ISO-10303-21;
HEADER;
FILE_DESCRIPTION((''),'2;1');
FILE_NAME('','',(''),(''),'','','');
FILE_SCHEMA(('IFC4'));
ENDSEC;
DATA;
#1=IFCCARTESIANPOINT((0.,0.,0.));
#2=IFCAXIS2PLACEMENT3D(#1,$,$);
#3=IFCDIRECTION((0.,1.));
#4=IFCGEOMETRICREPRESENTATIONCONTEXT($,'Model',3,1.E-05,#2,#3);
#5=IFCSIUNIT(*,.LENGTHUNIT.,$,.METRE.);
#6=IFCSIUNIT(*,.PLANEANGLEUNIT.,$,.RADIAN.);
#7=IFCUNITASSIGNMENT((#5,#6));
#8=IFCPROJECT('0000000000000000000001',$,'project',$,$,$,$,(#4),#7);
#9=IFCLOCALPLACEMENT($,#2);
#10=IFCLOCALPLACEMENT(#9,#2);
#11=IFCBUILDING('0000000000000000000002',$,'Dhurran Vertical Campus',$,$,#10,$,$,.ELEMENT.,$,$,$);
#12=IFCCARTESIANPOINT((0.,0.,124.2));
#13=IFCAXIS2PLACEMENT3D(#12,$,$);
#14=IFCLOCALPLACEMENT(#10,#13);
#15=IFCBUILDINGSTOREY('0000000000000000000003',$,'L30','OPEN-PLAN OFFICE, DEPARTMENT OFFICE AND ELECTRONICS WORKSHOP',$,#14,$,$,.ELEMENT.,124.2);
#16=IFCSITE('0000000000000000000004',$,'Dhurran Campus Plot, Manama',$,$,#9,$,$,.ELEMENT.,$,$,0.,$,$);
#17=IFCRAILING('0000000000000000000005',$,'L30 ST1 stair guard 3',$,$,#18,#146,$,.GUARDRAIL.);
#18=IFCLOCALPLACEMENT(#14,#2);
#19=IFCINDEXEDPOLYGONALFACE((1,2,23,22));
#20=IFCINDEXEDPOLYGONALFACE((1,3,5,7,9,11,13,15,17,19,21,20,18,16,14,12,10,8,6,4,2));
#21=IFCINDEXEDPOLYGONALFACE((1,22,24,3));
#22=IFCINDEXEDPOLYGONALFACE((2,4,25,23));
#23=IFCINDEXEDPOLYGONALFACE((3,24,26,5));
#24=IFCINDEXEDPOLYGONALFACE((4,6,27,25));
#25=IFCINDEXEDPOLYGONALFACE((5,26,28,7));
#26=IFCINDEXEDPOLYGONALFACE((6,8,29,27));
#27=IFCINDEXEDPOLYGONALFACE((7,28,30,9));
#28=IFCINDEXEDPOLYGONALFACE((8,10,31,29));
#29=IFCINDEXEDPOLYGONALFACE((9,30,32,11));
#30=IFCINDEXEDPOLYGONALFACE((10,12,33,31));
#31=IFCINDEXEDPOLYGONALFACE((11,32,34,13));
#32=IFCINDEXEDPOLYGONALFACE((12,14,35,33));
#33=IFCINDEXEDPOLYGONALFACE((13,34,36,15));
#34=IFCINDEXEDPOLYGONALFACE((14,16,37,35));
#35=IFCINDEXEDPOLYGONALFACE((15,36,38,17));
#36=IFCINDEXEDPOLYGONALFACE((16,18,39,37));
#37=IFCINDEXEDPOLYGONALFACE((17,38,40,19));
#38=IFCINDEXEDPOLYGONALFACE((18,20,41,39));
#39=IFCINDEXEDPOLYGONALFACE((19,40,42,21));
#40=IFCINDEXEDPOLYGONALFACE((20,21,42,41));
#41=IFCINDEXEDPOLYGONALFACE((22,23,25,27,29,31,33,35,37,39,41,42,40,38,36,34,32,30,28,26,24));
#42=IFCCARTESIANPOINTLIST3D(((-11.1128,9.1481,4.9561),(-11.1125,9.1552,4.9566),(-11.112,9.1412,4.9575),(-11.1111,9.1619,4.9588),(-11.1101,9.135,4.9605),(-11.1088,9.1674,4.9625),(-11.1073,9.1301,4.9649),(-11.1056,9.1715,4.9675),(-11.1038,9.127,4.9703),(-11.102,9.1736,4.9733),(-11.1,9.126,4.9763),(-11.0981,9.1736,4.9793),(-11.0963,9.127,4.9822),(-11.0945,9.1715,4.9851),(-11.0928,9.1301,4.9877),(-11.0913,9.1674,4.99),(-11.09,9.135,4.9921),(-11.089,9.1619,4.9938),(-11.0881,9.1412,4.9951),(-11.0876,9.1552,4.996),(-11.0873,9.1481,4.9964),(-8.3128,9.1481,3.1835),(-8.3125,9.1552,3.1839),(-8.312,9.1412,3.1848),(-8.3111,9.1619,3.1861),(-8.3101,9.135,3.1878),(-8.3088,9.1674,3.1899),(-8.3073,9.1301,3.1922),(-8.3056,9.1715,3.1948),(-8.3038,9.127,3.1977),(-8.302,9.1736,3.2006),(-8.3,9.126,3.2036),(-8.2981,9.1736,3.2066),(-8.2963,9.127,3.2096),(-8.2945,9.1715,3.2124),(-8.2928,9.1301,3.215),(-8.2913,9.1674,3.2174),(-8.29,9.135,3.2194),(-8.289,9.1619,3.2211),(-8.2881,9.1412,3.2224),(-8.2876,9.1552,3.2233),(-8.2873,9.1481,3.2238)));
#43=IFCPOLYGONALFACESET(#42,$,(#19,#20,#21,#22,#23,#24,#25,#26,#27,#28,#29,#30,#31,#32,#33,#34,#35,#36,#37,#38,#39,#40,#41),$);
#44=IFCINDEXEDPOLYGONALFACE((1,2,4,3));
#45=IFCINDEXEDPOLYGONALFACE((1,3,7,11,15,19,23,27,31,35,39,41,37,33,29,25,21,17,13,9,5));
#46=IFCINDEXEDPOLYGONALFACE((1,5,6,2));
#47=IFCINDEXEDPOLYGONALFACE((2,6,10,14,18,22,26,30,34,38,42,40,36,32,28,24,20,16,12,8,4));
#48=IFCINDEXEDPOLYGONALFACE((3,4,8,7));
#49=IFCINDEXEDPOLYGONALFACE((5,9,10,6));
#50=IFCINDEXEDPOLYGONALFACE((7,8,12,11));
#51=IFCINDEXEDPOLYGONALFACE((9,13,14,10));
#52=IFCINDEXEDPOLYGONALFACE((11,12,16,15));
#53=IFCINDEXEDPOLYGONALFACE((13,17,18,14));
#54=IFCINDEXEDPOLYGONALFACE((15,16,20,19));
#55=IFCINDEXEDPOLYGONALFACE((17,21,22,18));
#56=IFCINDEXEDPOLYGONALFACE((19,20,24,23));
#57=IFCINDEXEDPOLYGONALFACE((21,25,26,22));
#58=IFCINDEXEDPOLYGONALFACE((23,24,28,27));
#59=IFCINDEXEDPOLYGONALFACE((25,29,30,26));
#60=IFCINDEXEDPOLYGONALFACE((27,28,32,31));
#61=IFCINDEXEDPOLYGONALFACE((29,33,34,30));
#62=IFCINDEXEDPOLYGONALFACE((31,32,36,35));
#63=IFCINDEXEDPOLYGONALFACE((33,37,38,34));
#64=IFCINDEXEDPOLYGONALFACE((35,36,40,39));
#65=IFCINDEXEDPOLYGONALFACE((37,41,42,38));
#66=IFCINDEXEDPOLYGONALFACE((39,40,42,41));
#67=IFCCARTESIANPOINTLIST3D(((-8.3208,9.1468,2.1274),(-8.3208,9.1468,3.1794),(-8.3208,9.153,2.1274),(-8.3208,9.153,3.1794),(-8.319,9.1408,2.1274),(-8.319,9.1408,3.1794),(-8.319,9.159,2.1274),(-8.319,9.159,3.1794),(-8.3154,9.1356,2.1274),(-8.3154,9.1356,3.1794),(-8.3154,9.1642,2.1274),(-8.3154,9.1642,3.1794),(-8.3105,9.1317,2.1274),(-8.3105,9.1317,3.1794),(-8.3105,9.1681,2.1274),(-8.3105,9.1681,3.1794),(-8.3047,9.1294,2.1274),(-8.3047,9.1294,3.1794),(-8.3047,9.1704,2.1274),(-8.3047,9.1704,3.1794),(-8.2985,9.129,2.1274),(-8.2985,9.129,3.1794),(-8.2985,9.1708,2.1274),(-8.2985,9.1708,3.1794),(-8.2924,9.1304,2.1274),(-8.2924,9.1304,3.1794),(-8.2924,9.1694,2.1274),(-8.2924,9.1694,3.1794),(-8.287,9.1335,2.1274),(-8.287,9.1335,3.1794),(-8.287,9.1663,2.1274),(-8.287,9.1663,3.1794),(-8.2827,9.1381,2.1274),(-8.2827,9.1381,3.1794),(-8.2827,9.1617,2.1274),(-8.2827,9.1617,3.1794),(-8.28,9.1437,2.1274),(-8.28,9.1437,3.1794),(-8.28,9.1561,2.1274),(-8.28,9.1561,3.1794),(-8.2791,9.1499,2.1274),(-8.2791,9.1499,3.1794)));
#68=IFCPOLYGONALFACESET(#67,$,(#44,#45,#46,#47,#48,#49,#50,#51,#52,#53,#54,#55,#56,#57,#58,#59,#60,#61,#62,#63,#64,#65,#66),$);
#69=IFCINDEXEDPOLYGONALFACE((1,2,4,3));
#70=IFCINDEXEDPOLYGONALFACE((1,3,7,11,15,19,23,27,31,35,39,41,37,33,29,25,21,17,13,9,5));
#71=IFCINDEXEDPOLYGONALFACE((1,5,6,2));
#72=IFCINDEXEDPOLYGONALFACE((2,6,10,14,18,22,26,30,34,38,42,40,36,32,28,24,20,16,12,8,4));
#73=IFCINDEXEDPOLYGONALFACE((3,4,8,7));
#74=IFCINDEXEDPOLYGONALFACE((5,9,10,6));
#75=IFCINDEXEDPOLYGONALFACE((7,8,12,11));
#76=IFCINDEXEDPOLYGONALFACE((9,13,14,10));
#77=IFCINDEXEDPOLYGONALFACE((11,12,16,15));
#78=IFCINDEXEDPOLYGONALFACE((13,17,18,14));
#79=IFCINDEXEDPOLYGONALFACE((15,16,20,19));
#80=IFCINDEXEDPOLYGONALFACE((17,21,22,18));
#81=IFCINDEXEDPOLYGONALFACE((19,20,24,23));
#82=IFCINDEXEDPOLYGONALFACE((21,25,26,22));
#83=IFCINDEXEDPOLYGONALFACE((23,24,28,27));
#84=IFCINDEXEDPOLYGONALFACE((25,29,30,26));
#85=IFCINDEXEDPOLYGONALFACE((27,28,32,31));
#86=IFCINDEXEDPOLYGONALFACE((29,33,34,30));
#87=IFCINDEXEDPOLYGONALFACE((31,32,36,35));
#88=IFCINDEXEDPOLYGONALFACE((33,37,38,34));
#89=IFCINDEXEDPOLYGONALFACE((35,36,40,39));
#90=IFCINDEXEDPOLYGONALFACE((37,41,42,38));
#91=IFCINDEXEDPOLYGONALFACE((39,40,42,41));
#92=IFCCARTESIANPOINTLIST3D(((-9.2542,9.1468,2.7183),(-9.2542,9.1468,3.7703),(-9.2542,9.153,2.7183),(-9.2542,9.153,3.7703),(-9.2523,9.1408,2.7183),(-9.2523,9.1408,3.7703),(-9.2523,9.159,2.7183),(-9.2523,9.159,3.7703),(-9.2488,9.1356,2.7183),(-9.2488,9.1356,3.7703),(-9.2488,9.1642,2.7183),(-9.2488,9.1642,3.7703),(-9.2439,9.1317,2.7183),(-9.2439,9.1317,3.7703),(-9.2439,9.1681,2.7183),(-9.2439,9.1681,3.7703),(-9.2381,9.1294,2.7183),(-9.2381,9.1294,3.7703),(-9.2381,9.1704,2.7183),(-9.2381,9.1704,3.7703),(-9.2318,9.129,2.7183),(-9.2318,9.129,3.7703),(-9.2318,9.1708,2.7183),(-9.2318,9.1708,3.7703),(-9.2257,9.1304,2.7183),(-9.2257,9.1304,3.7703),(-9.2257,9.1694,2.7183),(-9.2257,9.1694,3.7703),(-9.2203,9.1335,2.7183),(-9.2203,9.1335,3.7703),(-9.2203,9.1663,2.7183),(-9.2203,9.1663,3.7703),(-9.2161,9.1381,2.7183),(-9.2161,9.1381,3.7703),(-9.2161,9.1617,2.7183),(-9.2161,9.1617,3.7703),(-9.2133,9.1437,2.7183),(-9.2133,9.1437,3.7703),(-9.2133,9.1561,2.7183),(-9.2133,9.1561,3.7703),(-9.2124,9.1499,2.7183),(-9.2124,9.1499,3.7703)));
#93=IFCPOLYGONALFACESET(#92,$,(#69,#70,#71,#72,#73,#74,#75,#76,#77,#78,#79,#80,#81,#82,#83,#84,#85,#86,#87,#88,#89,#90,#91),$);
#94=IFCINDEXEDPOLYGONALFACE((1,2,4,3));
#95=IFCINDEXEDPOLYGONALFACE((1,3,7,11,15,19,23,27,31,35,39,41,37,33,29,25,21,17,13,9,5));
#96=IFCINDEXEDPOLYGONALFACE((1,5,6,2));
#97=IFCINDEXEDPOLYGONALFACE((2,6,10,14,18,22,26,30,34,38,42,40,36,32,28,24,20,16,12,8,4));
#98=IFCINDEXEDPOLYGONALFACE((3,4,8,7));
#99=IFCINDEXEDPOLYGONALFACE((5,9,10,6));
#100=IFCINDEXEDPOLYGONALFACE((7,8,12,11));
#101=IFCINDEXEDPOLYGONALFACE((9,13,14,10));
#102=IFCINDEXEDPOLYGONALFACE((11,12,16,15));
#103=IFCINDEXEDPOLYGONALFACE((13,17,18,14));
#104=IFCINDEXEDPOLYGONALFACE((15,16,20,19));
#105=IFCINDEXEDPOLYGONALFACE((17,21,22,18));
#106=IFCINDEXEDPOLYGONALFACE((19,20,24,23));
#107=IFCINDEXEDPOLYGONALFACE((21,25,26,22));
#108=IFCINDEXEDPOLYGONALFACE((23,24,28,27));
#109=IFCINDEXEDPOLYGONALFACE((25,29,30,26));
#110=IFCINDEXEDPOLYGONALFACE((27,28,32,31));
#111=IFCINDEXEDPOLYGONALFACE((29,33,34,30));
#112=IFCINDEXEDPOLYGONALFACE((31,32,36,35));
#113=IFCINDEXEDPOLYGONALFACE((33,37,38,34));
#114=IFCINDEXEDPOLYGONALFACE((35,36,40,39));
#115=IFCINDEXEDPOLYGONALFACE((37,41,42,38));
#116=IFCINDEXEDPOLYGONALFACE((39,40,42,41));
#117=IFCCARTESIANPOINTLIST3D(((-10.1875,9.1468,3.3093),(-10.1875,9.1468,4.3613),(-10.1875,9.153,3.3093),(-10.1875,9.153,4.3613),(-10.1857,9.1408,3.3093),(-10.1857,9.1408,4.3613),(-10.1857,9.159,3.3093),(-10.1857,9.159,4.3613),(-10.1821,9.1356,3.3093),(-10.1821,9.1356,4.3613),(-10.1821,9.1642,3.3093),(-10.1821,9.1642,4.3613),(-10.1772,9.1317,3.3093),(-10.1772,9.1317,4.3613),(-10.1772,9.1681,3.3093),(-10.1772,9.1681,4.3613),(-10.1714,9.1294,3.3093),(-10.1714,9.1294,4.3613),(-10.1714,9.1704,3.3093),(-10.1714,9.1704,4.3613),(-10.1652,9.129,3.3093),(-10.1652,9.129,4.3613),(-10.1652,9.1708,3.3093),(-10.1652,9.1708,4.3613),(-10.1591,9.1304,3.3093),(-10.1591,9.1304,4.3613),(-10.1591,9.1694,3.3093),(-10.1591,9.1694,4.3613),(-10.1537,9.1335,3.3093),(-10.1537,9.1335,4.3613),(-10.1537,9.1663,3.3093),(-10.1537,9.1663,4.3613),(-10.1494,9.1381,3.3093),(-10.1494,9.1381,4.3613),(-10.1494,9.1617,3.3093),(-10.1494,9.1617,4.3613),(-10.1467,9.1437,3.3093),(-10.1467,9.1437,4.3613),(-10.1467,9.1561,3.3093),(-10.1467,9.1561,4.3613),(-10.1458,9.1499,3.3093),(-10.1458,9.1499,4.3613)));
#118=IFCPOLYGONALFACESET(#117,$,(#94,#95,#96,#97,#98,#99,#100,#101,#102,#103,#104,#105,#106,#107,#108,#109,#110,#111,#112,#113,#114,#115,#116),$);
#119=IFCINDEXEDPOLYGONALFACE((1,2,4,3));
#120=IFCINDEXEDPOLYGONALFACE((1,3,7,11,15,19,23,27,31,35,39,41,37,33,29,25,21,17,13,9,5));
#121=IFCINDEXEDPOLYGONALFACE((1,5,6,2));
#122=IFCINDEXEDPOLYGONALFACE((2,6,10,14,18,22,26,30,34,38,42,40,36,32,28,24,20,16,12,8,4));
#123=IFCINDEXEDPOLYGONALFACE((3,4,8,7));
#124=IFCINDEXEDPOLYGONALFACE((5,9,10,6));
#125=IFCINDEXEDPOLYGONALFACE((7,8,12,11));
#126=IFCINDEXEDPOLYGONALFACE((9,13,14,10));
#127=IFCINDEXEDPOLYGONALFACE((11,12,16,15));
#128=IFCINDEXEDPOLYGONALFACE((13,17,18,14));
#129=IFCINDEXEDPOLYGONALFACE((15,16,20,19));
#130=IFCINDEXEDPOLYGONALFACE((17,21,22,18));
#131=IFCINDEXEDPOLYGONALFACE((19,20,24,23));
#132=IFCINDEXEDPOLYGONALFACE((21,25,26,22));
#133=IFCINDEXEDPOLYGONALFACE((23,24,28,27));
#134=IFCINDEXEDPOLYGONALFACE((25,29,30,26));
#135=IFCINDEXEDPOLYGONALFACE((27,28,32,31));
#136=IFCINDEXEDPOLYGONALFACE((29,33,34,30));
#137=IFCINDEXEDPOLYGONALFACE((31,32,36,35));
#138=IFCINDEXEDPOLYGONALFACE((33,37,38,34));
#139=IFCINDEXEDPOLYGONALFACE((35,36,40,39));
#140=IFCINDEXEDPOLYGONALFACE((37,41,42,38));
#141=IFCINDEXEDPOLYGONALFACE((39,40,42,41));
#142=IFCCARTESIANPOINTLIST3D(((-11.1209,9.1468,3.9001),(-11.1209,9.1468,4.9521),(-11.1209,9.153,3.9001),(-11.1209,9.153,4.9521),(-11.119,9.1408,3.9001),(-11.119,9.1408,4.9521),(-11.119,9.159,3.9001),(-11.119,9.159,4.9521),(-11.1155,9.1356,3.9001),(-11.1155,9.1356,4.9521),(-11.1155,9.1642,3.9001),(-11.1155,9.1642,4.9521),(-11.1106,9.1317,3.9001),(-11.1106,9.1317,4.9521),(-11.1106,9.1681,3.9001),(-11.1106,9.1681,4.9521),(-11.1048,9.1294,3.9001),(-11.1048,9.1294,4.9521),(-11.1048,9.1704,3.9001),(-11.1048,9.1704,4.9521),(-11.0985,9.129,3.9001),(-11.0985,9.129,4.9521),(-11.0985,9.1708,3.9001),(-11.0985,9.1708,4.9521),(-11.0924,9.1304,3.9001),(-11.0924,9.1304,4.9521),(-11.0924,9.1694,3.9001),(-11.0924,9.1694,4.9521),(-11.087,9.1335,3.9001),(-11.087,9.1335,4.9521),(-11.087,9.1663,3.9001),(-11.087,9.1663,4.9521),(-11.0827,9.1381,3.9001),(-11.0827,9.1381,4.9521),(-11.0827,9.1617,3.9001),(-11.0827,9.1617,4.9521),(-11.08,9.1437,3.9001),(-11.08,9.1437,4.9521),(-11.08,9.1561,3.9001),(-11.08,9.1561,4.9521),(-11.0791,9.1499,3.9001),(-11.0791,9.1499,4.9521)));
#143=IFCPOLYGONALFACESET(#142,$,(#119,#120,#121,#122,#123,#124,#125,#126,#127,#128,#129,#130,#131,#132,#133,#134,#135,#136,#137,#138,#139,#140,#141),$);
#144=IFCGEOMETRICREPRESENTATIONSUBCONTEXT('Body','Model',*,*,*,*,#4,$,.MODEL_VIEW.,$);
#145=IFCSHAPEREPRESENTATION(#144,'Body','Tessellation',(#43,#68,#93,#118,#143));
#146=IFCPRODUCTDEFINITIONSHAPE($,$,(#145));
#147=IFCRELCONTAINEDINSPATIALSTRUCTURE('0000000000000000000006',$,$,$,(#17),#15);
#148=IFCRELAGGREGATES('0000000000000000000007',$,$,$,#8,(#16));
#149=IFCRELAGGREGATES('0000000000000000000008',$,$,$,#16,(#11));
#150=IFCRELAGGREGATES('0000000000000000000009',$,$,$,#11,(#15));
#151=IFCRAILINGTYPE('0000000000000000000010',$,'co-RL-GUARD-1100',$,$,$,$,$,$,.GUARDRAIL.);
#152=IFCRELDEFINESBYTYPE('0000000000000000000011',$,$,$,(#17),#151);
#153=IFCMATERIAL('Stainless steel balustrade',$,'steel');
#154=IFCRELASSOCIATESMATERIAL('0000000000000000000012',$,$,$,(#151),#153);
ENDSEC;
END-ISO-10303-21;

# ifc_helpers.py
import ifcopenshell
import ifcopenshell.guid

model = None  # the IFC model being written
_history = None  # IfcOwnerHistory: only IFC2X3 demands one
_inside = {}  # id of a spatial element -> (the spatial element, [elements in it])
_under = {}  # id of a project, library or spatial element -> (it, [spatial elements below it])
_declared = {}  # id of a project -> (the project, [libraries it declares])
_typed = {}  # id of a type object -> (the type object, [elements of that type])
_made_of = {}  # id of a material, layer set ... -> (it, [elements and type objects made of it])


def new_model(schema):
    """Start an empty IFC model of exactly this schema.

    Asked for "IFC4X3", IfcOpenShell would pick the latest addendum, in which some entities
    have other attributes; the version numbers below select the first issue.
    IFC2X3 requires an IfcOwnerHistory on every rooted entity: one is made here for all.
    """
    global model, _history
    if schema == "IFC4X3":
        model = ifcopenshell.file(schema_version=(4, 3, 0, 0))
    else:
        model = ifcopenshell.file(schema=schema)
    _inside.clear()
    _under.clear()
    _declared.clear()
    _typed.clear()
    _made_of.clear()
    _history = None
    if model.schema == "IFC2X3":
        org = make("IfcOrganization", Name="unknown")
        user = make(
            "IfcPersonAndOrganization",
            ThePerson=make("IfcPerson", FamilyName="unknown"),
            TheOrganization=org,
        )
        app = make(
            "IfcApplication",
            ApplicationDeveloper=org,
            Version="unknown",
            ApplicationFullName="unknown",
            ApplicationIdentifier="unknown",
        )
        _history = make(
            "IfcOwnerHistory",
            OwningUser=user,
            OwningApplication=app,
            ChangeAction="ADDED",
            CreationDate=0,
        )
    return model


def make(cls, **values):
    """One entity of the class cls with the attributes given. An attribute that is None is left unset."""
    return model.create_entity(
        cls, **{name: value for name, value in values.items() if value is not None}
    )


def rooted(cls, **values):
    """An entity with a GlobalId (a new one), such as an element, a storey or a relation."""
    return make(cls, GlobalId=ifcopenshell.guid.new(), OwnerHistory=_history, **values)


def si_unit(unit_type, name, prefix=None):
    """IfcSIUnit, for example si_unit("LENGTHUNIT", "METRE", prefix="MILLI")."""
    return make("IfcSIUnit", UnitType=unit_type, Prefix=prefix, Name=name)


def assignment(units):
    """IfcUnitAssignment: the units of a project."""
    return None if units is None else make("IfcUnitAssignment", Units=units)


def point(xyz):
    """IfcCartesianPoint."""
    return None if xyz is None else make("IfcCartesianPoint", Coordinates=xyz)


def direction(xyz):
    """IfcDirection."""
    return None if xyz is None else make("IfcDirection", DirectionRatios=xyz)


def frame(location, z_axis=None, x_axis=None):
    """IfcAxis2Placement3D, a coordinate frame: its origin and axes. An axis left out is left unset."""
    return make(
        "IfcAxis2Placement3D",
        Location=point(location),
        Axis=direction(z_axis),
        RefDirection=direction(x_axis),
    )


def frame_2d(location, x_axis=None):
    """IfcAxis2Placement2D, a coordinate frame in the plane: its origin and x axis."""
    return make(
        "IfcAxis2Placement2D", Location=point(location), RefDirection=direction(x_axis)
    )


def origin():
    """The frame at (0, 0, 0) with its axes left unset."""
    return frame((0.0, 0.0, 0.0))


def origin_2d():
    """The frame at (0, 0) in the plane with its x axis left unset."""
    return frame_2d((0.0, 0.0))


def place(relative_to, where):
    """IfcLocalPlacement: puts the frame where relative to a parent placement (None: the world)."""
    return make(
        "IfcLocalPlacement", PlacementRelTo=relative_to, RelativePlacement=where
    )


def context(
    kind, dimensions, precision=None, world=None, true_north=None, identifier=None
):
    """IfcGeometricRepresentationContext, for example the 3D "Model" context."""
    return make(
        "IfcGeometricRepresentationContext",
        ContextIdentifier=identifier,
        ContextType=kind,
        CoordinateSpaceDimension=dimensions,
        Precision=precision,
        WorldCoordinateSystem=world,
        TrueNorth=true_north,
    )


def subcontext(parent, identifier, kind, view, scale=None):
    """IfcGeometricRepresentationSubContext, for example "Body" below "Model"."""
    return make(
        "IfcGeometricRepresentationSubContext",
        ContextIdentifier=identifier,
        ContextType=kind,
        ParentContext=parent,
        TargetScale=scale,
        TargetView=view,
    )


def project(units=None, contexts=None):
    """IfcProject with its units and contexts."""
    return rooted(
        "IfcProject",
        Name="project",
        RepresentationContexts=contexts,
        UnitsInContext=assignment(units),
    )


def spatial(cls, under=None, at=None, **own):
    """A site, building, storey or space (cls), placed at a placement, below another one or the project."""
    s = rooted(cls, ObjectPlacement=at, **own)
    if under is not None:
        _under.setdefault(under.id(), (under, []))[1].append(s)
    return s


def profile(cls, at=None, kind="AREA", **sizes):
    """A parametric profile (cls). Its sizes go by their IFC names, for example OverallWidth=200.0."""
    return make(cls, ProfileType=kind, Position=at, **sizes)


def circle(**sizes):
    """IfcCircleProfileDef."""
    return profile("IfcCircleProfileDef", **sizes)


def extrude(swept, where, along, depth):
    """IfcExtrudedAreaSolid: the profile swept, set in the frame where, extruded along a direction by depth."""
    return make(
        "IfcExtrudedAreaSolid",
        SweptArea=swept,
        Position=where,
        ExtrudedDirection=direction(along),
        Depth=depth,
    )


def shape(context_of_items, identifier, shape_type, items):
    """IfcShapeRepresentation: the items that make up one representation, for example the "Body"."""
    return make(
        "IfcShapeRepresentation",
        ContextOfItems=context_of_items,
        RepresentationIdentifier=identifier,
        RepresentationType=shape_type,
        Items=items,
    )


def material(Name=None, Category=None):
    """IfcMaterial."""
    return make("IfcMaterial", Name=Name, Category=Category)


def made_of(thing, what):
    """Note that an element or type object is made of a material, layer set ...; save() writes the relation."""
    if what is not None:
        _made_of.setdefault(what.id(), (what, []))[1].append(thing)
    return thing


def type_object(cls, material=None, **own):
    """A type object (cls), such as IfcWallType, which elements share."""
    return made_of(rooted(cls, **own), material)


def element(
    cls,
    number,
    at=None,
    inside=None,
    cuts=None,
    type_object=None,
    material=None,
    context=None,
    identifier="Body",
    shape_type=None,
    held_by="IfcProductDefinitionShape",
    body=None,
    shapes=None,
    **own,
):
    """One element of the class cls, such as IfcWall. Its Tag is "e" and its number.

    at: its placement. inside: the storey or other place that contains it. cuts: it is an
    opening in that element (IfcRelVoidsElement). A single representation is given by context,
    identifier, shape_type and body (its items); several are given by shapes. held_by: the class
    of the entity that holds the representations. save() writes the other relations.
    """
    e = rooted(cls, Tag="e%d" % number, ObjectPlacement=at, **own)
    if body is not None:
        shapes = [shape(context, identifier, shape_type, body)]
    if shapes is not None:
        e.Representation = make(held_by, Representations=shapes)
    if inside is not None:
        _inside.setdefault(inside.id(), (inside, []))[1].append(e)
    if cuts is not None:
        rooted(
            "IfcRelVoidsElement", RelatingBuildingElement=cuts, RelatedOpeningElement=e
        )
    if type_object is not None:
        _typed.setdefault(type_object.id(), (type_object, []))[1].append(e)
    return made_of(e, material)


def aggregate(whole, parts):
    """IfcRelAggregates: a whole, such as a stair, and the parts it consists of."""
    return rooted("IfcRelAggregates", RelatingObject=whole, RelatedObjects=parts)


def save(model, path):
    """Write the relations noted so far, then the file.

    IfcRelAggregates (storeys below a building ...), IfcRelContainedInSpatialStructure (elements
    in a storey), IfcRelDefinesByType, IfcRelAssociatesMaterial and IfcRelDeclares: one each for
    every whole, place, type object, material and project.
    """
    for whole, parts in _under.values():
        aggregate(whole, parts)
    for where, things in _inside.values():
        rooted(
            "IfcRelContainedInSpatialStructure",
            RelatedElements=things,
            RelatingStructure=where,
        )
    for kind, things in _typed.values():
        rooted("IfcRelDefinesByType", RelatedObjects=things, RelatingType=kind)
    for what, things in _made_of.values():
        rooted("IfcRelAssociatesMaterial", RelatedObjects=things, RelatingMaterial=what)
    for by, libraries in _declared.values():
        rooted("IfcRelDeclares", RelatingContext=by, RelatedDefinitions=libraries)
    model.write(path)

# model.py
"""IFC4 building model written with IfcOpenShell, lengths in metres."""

from ifc_helpers import new_model, si_unit, direction, frame, origin, origin_2d, place, context, subcontext, project, spatial, circle, extrude, material, type_object, element, save


model = new_model("IFC4")

# Units and contexts
model_context = context("Model", 3, precision=1e-05, world=origin(), true_north=direction((0.0, 1.0)))
body_context = subcontext(model_context, "Body", "Model", "MODEL_VIEW")
ifc_project = project(units=[si_unit("LENGTHUNIT", "METRE"), si_unit("PLANEANGLEUNIT", "RADIAN")], contexts=[model_context])

# Site, building, storey
site_placement = place(None, origin())
site = spatial("IfcSite", under=ifc_project, at=site_placement, Name="Dhurran Campus Plot, Manama", CompositionType="ELEMENT", RefElevation=0.0)
building_placement = place(site_placement, origin())
building = spatial("IfcBuilding", under=site, at=building_placement, Name="Dhurran Vertical Campus", CompositionType="ELEMENT")
storey_placement = place(building_placement, frame((0.0, 0.0, 124.2)))
storey = spatial("IfcBuildingStorey", under=building, at=storey_placement, Name="L30", Description="OPEN-PLAN OFFICE, DEPARTMENT OFFICE AND ELECTRONICS WORKSHOP", CompositionType="ELEMENT", Elevation=124.2)

# Railing
ifc_material_1 = material(Name="Stainless steel balustrade", Category="steel")
railing_type_1 = type_object("IfcRailingType", Name="co-RL-GUARD-1100", PredefinedType="GUARDRAIL", material=ifc_material_1)
railing_1_placement = place(storey_placement, frame((-8.3, 9.1499, 2.1274)))
element("IfcRailing", 1, at=railing_1_placement, inside=storey, type_object=railing_type_1, Name="L30 ST1 stair guard 3", PredefinedType="GUARDRAIL", context=body_context, shape_type="SweptSolid", body=[
    extrude(circle(Radius=0.0239, at=origin_2d()), frame((0.0, 0.0, 1.0762), z_axis=(-0.844909, 0.0, 0.53491), x_axis=(0.0, -1.0, 0.0)), (0.0, 0.0, 1.0), 3.314),
    extrude(circle(Radius=0.021, at=origin_2d()), origin(), (0.0, 0.0, 1.0), 1.052),
    extrude(circle(Radius=0.021, at=origin_2d()), frame((-0.9333, 0.0, 0.5908)), (0.0, 0.0, 1.0), 1.052),
    extrude(circle(Radius=0.021, at=origin_2d()), frame((-1.8667, 0.0, 1.1819)), (0.0, 0.0, 1.0), 1.052),
    extrude(circle(Radius=0.021, at=origin_2d()), frame((-2.8, 0.0, 1.7727)), (0.0, 0.0, 1.0), 1.052),
])

save(model, "model.ifc")
